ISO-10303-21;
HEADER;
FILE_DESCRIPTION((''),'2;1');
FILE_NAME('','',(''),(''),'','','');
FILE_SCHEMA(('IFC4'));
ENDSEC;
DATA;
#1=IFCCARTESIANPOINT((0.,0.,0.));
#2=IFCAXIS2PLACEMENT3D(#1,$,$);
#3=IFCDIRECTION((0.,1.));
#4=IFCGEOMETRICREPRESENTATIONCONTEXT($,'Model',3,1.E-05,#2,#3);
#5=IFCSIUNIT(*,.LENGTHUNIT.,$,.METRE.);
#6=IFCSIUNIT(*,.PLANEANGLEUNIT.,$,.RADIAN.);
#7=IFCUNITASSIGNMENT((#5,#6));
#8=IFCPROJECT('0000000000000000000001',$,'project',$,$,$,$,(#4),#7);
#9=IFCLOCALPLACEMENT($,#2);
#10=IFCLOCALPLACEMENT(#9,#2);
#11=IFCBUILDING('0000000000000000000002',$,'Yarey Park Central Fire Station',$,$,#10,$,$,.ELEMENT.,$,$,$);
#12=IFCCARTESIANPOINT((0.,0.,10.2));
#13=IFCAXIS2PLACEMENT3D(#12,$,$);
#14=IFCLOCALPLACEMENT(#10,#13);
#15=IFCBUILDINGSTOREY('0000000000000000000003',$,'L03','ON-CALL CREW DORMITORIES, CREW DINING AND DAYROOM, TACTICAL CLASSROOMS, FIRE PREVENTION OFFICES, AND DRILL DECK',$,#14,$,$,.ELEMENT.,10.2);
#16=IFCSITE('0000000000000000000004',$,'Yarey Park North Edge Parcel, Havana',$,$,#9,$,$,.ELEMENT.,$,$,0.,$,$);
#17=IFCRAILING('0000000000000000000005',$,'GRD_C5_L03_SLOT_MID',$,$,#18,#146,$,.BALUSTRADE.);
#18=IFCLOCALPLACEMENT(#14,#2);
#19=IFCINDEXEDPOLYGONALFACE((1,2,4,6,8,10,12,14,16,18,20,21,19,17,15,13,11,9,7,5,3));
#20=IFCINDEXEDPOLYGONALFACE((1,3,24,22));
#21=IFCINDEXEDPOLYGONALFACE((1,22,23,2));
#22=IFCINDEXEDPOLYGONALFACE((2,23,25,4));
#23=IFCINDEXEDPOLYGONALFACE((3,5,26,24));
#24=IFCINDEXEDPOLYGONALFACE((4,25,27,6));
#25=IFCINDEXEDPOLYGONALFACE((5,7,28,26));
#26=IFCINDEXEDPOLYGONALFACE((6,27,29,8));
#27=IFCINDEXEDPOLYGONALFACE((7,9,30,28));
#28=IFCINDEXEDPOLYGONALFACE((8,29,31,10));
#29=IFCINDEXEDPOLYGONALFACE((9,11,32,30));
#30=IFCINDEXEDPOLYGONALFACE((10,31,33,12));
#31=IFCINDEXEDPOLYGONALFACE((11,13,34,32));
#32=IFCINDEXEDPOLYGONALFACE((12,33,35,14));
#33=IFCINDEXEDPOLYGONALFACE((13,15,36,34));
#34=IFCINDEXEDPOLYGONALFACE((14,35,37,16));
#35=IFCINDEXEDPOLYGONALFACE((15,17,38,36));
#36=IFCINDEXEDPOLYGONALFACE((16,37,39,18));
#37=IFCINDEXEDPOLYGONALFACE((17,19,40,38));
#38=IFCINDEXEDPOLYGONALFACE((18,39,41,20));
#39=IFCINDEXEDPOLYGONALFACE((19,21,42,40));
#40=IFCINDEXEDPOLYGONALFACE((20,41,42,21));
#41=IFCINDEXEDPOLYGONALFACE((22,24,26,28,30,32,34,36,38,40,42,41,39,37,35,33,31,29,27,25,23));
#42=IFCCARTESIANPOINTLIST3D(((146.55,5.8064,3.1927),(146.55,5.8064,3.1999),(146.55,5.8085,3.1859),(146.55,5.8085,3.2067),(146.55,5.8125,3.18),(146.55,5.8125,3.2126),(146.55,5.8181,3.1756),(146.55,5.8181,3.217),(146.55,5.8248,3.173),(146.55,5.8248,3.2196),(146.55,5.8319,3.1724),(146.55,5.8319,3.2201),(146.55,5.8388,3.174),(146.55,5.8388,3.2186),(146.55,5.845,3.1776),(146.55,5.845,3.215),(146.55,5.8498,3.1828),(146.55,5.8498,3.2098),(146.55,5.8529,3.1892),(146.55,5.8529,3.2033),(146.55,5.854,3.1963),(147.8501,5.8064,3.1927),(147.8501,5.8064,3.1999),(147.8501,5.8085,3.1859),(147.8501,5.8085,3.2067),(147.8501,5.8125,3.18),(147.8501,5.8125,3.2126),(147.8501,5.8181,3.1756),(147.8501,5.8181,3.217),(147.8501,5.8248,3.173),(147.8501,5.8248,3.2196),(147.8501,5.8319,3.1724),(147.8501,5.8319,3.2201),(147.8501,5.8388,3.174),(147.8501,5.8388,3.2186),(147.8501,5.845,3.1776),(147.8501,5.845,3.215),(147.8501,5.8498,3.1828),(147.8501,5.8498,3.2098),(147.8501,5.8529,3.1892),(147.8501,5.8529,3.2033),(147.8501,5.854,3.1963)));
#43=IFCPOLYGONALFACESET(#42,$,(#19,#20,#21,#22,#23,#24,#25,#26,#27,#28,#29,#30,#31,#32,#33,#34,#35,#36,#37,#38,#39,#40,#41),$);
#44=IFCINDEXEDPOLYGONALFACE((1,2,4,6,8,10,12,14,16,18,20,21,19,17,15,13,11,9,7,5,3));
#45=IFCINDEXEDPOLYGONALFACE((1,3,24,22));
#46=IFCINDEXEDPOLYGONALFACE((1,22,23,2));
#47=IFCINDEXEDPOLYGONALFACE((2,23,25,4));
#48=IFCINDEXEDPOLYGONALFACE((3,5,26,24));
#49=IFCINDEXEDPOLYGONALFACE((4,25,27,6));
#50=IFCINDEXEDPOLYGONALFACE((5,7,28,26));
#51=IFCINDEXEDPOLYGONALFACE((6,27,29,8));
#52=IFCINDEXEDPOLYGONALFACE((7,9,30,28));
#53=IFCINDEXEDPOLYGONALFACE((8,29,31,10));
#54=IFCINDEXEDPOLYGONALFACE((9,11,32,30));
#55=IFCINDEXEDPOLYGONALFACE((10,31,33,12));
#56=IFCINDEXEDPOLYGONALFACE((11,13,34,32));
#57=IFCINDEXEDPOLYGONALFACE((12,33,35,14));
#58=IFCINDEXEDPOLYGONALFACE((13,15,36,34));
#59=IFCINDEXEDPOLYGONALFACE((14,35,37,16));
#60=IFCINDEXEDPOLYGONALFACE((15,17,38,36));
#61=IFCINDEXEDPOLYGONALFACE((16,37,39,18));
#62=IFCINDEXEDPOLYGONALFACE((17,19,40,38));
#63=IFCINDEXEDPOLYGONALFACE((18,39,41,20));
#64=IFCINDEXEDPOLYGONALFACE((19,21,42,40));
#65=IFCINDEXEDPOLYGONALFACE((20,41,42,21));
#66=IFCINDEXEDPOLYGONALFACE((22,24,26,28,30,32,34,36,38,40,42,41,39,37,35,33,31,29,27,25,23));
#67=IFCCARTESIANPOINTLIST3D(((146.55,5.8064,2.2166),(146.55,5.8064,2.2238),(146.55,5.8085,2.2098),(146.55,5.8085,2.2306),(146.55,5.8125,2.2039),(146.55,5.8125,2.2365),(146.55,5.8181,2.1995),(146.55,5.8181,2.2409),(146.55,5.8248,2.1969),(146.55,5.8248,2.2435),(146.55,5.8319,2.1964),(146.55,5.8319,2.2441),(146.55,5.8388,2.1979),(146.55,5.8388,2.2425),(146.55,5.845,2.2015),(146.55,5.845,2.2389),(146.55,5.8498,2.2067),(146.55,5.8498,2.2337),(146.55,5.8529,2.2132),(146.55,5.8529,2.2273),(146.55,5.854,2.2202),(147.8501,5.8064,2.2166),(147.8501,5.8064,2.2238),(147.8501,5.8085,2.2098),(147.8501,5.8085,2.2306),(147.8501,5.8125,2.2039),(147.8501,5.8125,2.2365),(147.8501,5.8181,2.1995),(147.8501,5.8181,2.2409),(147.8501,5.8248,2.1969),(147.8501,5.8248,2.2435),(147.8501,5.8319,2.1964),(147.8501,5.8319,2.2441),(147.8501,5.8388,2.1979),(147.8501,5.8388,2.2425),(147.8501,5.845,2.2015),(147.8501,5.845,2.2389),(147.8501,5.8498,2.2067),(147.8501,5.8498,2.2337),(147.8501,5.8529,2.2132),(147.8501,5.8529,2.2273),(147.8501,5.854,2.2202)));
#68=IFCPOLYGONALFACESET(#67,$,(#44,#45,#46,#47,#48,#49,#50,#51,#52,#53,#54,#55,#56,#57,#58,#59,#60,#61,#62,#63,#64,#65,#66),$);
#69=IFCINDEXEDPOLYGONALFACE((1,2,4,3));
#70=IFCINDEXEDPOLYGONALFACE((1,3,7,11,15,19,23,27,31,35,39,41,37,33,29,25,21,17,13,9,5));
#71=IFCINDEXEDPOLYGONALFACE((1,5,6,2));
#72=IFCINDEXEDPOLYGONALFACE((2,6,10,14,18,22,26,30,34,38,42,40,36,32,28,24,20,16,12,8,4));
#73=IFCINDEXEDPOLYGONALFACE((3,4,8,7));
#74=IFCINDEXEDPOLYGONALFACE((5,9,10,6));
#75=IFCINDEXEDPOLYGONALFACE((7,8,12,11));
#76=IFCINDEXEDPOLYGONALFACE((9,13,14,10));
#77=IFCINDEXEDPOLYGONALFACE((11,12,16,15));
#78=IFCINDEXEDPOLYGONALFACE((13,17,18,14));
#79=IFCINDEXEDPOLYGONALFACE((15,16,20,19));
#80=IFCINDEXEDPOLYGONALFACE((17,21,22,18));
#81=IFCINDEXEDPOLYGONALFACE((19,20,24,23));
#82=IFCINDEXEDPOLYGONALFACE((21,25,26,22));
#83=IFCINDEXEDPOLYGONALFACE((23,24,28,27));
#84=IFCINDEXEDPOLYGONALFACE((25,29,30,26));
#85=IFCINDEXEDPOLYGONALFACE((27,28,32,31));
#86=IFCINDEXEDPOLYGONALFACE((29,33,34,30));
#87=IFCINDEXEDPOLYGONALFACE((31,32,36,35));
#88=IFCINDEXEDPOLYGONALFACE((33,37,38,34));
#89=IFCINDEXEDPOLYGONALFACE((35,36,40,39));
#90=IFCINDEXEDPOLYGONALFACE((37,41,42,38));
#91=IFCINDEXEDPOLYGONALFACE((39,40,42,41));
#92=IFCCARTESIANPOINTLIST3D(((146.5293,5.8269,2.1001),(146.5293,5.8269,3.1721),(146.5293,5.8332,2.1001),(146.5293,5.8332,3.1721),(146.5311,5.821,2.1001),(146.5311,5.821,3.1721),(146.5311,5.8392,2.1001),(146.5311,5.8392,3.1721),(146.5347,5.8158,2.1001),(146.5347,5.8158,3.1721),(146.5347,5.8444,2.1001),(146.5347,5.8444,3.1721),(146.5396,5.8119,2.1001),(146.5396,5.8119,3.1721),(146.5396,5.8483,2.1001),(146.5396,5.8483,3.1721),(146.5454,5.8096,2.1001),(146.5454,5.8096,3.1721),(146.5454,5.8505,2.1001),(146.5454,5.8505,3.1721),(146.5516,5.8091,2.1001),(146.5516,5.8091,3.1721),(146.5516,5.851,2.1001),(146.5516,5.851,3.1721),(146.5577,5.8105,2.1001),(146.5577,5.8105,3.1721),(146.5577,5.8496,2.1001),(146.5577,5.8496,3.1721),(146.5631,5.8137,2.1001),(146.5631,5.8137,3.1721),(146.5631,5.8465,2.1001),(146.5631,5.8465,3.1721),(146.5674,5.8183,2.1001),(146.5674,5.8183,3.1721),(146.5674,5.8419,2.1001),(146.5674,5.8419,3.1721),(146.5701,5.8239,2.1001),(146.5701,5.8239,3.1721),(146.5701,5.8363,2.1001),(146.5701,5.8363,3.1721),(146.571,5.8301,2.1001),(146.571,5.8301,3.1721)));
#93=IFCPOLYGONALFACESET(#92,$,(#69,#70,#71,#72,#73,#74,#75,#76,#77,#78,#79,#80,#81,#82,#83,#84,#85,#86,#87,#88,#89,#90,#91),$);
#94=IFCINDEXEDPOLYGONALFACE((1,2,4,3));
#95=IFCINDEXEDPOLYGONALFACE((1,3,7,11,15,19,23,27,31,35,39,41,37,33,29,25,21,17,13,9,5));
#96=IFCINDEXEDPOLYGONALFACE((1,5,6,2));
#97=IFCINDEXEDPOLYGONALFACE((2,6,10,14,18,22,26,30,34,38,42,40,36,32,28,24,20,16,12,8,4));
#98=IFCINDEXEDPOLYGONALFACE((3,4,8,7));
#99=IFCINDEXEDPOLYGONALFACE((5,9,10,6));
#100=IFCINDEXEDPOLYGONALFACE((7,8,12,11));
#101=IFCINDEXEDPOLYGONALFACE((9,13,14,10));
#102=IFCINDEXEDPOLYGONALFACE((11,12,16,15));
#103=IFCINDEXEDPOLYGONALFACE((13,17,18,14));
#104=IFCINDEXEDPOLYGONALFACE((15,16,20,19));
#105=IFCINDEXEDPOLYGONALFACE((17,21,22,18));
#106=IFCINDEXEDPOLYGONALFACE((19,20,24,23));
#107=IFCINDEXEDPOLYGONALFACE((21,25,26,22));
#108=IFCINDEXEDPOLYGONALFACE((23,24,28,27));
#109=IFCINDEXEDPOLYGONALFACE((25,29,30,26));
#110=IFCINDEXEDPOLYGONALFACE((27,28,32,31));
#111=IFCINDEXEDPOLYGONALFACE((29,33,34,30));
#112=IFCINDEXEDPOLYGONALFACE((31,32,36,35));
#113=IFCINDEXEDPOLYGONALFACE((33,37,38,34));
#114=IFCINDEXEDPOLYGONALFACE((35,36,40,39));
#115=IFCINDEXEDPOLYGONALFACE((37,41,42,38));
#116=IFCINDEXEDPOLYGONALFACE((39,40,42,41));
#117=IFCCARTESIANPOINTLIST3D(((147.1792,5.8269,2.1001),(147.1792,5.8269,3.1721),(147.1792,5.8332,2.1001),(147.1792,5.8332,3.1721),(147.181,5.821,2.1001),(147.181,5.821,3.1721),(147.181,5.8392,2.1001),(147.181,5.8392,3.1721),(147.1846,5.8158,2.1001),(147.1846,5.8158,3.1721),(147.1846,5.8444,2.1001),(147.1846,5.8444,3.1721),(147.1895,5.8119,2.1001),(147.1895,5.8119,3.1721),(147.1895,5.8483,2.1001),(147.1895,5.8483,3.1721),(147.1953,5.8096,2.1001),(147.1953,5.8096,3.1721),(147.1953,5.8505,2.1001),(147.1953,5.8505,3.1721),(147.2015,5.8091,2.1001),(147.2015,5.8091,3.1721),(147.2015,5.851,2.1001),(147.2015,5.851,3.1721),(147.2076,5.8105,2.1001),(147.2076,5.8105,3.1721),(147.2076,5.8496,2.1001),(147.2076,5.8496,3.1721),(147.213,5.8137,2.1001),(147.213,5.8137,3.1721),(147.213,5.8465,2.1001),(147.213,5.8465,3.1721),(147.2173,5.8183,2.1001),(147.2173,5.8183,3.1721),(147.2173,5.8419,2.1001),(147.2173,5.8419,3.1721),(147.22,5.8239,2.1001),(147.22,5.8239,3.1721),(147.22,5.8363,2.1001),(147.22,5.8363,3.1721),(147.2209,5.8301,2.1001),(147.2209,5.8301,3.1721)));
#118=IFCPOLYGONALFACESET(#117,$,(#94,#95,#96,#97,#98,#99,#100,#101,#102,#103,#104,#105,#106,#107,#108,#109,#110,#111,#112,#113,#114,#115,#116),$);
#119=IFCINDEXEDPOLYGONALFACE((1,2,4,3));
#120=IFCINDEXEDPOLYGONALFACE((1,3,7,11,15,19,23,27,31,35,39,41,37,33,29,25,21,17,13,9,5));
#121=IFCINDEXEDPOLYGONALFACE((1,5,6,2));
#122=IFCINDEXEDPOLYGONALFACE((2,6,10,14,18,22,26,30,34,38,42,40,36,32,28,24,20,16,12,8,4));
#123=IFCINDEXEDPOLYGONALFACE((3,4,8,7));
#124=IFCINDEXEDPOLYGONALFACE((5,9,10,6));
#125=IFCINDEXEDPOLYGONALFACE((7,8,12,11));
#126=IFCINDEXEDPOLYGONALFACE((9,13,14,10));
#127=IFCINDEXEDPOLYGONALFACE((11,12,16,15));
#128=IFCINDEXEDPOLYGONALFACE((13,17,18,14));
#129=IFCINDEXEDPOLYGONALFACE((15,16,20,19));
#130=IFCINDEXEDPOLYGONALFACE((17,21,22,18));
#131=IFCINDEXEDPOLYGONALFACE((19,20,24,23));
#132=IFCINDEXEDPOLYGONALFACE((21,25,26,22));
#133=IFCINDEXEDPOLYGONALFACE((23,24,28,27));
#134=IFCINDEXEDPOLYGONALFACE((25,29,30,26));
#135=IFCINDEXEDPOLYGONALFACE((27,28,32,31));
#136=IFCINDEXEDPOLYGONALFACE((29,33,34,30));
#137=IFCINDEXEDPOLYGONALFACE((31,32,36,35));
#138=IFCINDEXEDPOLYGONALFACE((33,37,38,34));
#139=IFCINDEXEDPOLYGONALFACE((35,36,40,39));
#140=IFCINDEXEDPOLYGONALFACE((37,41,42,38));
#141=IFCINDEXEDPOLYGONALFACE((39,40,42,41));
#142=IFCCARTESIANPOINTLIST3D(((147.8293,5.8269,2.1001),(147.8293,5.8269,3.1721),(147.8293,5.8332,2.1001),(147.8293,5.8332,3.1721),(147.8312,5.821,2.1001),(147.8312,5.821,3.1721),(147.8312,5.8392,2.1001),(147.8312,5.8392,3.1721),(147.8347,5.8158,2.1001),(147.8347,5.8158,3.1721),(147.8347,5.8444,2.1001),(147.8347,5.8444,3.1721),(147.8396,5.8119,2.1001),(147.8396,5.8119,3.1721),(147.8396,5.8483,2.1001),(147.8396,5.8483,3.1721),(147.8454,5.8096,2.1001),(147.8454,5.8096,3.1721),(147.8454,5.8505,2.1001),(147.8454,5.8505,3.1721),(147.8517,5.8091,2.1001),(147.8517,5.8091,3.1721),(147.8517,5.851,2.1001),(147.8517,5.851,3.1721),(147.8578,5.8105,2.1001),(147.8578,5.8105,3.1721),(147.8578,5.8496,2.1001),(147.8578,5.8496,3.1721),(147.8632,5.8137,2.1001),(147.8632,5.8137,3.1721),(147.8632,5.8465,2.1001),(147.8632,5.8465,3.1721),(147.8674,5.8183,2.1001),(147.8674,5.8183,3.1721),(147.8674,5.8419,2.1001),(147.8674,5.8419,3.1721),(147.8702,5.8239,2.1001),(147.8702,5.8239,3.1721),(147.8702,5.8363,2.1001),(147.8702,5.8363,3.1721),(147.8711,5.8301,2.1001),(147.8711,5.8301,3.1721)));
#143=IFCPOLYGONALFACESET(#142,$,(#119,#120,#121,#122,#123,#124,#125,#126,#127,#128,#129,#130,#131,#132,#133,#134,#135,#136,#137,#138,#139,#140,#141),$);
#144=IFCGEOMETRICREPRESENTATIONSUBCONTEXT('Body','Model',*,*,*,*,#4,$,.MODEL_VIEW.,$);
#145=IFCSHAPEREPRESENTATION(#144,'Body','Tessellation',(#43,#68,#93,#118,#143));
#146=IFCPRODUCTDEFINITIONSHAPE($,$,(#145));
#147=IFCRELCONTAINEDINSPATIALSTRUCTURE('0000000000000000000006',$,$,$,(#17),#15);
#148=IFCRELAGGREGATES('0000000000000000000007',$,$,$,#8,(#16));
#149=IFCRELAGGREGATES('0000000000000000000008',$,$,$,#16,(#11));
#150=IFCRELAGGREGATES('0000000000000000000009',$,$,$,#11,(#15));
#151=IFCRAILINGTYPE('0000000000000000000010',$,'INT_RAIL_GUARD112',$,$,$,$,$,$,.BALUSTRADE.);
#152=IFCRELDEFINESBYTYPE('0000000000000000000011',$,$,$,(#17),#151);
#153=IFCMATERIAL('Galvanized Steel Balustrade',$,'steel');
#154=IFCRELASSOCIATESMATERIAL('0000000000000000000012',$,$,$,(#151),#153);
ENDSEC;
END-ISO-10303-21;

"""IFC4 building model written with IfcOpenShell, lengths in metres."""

from ifc_helpers import new_model, si_unit, direction, frame, origin, origin_2d, place, context, subcontext, project, spatial, circle, extrude, material, type_object, element, save


model = new_model("IFC4")

# Units and contexts
model_context = context("Model", 3, precision=1e-05, world=origin(), true_north=direction((0.0, 1.0)))
body_context = subcontext(model_context, "Body", "Model", "MODEL_VIEW")
ifc_project = project(units=[si_unit("LENGTHUNIT", "METRE"), si_unit("PLANEANGLEUNIT", "RADIAN")], contexts=[model_context])

# Site, building, storey
site_placement = place(None, origin())
site = spatial("IfcSite", under=ifc_project, at=site_placement, Name="Yarey Park North Edge Parcel, Havana", CompositionType="ELEMENT", RefElevation=0.0)
building_placement = place(site_placement, origin())
building = spatial("IfcBuilding", under=site, at=building_placement, Name="Yarey Park Central Fire Station", CompositionType="ELEMENT")
storey_placement = place(building_placement, frame((0.0, 0.0, 10.2)))
storey = spatial("IfcBuildingStorey", under=building, at=storey_placement, Name="L03", Description="ON-CALL CREW DORMITORIES, CREW DINING AND DAYROOM, TACTICAL CLASSROOMS, FIRE PREVENTION OFFICES, AND DRILL DECK", CompositionType="ELEMENT", Elevation=10.2)

# Railing
ifc_material_1 = material(Name="Galvanized Steel Balustrade", Category="steel")
railing_type_1 = type_object("IfcRailingType", Name="INT_RAIL_GUARD112", PredefinedType="BALUSTRADE", material=ifc_material_1)
for number, where, name in (
    (1, (146.55, 5.8301, 2.1001), "GRD_C5_L03_SLOT_MID"),
):
    element("IfcRailing", number, at=place(storey_placement, frame(where)), inside=storey, type_object=railing_type_1, Name=name, PredefinedType="BALUSTRADE", context=body_context, shape_type="SweptSolid", body=[
        extrude(circle(Radius=0.0239, at=origin_2d()), frame((0.0, 0.0, 1.0962), z_axis=(1.0, 0.0, 0.0), x_axis=(0.0, 1.0, 0.0)), (0.0, 0.0, 1.0), 1.3),
        extrude(circle(Radius=0.0239, at=origin_2d()), frame((0.0, 0.0, 0.1201), z_axis=(1.0, 0.0, 0.0), x_axis=(0.0, 1.0, 0.0)), (0.0, 0.0, 1.0), 1.3),
        extrude(circle(Radius=0.021, at=origin_2d()), origin(), (0.0, 0.0, 1.0), 1.072),
        extrude(circle(Radius=0.021, at=origin_2d()), frame((0.6499, 0.0, 0.0)), (0.0, 0.0, 1.0), 1.072),
        extrude(circle(Radius=0.021, at=origin_2d()), frame((1.3, 0.0, 0.0)), (0.0, 0.0, 1.0), 1.072),
    ])

save(model, "model.ifc")
